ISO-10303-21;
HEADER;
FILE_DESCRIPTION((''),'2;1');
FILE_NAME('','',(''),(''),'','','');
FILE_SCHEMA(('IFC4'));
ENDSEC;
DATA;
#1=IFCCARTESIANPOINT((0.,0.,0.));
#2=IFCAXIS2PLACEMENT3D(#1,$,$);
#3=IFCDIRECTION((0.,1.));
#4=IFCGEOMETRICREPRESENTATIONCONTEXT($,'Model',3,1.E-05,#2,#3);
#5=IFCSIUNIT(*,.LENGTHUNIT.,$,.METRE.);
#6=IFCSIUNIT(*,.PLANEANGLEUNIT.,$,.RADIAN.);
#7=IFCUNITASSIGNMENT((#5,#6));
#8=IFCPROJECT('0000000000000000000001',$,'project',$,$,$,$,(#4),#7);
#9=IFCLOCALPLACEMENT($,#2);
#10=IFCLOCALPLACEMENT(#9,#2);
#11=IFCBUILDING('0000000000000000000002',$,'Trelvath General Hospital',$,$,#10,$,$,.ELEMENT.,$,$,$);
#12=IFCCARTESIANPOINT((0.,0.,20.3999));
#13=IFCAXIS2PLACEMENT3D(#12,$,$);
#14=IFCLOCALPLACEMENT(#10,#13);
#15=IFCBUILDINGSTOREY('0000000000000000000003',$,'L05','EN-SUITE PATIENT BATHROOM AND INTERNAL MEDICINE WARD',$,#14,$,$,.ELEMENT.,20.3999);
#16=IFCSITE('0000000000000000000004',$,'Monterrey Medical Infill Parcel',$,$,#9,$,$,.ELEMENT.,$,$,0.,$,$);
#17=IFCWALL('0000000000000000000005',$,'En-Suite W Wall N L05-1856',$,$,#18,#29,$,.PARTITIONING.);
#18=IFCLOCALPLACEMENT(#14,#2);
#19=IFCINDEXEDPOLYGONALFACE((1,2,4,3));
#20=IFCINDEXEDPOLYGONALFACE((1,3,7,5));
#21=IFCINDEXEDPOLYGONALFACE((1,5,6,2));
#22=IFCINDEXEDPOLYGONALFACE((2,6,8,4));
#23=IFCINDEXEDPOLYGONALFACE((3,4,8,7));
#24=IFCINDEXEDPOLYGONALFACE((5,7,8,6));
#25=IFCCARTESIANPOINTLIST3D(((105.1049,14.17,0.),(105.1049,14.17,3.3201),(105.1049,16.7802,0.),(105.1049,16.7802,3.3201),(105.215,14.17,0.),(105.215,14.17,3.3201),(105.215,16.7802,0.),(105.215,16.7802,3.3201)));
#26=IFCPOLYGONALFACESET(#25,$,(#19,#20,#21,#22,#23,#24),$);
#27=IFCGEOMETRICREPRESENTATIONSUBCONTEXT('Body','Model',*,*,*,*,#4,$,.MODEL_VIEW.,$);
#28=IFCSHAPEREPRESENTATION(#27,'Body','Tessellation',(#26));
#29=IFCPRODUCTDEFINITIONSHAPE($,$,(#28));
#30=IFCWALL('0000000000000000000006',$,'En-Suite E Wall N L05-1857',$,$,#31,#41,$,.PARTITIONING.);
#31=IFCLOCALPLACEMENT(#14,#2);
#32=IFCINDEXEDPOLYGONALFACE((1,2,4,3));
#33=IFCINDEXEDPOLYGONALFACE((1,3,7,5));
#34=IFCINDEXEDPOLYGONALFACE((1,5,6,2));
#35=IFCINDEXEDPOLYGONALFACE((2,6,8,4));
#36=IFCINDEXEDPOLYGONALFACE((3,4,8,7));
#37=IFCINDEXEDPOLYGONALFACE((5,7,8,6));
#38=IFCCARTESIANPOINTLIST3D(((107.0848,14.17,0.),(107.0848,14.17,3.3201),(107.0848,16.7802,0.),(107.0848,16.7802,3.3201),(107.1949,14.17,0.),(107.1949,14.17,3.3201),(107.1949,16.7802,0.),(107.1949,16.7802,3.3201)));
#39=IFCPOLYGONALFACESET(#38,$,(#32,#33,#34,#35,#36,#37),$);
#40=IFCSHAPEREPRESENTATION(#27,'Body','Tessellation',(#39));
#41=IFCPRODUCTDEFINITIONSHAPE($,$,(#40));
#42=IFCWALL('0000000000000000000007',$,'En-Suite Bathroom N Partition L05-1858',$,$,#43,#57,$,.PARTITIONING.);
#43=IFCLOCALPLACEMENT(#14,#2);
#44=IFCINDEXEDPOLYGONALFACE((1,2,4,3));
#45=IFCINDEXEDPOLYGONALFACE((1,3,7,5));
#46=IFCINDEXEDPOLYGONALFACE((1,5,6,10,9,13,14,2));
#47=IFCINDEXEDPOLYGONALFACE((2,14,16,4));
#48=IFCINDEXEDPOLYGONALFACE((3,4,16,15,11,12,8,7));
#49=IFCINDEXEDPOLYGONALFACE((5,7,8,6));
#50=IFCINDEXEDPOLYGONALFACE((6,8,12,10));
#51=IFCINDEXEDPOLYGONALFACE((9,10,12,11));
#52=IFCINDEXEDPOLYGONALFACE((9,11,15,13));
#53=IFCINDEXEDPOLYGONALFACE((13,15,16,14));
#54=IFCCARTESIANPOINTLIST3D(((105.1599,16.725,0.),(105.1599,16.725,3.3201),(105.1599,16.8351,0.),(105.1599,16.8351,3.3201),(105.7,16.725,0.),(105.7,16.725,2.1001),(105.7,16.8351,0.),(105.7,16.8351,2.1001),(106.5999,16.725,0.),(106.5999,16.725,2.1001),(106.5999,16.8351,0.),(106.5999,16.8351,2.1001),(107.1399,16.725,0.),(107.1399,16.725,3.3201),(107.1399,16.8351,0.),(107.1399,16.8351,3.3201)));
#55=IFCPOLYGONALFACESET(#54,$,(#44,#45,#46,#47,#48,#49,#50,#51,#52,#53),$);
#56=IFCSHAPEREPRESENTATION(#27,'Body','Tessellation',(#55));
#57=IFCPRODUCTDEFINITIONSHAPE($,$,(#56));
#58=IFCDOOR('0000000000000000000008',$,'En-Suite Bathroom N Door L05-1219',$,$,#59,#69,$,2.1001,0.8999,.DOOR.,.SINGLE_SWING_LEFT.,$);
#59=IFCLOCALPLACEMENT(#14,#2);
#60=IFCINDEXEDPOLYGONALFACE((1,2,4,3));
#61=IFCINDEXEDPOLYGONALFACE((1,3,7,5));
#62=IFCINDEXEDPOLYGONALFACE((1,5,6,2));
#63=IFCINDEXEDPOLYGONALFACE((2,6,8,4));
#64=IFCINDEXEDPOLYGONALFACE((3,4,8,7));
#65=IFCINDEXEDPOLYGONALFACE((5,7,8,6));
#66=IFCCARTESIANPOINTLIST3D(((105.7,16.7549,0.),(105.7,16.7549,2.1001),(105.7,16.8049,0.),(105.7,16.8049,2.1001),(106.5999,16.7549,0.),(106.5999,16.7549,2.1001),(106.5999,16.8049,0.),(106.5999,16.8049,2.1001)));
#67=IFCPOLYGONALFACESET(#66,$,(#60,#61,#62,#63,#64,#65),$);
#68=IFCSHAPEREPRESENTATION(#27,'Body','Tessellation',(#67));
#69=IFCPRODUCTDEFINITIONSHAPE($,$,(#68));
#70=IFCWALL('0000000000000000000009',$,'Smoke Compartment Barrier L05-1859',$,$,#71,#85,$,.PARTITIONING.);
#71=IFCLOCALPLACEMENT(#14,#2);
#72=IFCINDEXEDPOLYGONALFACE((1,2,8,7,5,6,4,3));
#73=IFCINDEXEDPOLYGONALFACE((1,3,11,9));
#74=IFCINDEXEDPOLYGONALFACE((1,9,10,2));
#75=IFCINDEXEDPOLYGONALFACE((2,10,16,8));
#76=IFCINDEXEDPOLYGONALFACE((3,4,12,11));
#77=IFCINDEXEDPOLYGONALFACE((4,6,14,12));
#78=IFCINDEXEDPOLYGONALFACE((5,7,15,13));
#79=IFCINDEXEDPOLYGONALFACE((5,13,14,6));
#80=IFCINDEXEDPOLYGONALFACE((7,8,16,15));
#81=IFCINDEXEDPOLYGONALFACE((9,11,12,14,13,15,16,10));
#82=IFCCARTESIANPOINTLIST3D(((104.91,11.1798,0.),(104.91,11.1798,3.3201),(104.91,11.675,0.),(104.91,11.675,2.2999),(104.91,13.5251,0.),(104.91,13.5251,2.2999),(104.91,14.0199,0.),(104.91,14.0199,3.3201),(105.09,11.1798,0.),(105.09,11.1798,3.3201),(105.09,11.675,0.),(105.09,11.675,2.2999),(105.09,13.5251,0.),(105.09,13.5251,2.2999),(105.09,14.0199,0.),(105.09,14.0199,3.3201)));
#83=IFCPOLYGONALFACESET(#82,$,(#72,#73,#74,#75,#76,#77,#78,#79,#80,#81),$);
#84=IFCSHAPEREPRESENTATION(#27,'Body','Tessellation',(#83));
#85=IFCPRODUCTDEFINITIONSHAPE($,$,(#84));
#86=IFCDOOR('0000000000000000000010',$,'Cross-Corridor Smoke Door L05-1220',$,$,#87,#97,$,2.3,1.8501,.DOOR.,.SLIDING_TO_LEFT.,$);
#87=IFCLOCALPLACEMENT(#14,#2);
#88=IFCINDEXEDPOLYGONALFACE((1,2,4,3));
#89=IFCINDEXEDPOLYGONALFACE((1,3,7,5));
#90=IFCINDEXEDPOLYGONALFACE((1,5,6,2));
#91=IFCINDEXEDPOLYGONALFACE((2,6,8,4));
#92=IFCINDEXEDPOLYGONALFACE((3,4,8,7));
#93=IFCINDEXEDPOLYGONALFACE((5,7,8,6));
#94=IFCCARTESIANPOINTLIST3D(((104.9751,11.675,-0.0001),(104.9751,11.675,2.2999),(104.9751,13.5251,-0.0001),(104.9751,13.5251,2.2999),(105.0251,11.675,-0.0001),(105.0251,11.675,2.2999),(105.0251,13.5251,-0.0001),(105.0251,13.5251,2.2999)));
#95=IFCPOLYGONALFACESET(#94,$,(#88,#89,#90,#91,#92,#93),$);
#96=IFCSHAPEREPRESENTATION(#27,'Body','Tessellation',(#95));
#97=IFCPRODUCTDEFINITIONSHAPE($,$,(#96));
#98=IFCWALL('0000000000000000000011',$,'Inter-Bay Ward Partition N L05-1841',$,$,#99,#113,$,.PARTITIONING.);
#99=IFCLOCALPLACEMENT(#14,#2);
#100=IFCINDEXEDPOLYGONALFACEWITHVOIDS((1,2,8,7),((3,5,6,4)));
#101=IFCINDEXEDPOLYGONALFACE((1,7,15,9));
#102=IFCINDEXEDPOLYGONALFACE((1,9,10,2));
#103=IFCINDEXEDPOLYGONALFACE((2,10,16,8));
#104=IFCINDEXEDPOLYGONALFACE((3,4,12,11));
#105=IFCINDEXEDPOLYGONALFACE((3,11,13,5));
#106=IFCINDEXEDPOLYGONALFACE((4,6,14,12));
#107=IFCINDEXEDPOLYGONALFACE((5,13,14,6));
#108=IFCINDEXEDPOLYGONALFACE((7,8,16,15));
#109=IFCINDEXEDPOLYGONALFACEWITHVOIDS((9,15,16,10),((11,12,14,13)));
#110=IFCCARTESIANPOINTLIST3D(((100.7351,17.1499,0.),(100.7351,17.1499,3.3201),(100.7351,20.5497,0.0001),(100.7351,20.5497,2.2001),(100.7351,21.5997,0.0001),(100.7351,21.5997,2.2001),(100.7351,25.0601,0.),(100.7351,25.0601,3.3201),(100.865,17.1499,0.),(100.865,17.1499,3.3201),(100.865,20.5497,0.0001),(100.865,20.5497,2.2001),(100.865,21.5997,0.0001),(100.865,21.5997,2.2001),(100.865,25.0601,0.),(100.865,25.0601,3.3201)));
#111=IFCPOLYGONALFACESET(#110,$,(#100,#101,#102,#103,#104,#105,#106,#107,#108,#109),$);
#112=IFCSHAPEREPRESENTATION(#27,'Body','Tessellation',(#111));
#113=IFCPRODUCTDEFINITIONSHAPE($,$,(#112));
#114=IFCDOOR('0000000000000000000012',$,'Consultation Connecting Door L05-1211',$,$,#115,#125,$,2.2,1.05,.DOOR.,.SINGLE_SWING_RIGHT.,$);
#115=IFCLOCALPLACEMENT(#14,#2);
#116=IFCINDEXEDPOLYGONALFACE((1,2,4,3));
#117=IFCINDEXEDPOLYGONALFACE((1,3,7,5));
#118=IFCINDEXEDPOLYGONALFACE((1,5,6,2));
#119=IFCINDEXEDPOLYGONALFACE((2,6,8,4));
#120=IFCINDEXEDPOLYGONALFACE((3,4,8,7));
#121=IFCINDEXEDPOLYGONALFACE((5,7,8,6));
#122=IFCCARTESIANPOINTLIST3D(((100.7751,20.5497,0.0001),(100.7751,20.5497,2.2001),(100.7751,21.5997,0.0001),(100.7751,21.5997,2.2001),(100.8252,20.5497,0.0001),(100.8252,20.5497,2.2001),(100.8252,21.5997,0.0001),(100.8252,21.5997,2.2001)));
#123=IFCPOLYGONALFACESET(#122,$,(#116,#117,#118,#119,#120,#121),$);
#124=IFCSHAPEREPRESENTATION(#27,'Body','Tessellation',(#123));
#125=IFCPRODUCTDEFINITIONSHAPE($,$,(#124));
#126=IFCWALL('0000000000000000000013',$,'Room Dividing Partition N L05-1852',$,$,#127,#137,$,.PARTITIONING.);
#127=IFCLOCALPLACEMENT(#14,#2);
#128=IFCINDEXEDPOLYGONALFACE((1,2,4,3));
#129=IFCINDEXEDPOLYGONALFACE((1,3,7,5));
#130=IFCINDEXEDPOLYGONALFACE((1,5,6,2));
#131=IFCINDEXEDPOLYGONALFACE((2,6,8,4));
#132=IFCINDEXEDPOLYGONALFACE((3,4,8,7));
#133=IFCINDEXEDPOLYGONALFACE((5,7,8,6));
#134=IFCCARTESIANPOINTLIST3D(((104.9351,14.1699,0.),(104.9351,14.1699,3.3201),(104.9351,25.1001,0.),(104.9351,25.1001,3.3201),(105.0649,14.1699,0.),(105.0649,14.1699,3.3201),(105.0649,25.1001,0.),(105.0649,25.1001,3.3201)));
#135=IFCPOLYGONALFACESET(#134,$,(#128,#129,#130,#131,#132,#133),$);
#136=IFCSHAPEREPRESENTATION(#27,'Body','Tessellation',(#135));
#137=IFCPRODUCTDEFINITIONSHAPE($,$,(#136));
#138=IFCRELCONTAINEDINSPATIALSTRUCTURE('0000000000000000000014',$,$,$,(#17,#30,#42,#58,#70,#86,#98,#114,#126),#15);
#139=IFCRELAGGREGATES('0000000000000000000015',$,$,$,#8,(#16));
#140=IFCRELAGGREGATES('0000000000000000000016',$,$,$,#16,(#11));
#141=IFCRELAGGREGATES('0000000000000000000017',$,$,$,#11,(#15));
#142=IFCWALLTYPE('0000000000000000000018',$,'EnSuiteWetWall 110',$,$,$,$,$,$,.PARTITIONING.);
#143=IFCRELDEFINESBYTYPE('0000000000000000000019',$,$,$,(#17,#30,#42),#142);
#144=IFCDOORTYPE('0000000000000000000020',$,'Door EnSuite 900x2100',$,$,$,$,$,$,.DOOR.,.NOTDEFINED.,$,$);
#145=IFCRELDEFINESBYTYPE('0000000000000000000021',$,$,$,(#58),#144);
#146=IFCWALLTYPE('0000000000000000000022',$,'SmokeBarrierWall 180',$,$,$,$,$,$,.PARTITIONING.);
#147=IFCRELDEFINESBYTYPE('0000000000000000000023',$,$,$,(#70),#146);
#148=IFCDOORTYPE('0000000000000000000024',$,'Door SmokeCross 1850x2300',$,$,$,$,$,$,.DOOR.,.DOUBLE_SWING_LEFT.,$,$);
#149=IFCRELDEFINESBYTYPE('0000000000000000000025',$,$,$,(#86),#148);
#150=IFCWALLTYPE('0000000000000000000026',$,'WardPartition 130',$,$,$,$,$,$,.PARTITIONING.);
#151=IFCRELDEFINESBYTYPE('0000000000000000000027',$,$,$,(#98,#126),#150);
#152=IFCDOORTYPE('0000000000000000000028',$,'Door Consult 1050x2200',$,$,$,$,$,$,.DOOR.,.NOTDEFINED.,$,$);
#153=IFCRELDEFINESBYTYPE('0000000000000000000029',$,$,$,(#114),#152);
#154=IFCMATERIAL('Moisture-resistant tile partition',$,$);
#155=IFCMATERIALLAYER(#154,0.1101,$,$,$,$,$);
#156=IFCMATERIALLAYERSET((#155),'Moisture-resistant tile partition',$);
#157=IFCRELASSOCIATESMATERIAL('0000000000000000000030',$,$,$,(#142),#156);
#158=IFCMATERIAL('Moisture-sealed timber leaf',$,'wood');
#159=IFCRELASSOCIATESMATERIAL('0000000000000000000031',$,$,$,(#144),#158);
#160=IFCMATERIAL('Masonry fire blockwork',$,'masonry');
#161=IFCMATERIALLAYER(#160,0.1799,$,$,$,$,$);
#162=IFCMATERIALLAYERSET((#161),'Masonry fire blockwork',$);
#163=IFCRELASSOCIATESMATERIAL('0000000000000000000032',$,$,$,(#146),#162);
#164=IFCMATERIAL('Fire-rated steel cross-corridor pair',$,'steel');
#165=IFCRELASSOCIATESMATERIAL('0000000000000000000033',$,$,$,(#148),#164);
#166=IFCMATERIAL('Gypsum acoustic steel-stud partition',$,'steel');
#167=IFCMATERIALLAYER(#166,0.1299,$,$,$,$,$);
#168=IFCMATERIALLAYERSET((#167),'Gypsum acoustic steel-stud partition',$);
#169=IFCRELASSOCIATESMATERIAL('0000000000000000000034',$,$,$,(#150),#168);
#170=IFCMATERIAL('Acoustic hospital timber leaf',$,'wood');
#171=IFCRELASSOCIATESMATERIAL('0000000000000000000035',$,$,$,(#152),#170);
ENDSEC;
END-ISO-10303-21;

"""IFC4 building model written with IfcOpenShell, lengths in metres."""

from ifc_helpers import new_model, si_unit, direction, frame, frame_2d, origin, place, context, subcontext, project, spatial, rectangle, extrude, material, layer, layer_set, type_object, element, fill, save


model = new_model("IFC4")

# Units and contexts
model_context = context("Model", 3, precision=1e-05, world=origin(), true_north=direction((0.0, 1.0)))
body_context = subcontext(model_context, "Body", "Model", "MODEL_VIEW")
ifc_project = project(units=[si_unit("LENGTHUNIT", "METRE"), si_unit("PLANEANGLEUNIT", "RADIAN")], contexts=[model_context])

# Site, building, storey
site_placement = place(None, origin())
site = spatial("IfcSite", under=ifc_project, at=site_placement, Name="Monterrey Medical Infill Parcel", CompositionType="ELEMENT", RefElevation=0.0)
building_placement = place(site_placement, origin())
building = spatial("IfcBuilding", under=site, at=building_placement, Name="Trelvath General Hospital", CompositionType="ELEMENT")
storey_placement = place(building_placement, frame((0.0, 0.0, 20.3999)))
storey = spatial("IfcBuildingStorey", under=building, at=storey_placement, Name="L05", Description="EN-SUITE PATIENT BATHROOM AND INTERNAL MEDICINE WARD", CompositionType="ELEMENT", Elevation=20.3999)

# Shared definitions
ifc_material_1 = material(Name="Moisture-resistant tile partition")
ifc_layer_1 = layer(ifc_material_1, 0.1101)
ifc_layer_set_1 = layer_set([ifc_layer_1], Name="Moisture-resistant tile partition")
wall_type_1 = type_object("IfcWallType", Name="EnSuiteWetWall 110", PredefinedType="PARTITIONING", material=ifc_layer_set_1)

# Shared definitions
ifc_material_2 = material(Name="Moisture-sealed timber leaf", Category="wood")
door_type_1 = type_object("IfcDoorType", Name="Door EnSuite 900x2100", OperationType="NOTDEFINED", PredefinedType="DOOR", material=ifc_material_2)

# Walls
for number, where, z_axis, x_axis, name in (
    (1, (105.1599, 14.1699, 0.0), (0.0, 0.0, 1.0), (0.0, 1.0, 0.0), "En-Suite W Wall N L05-1856"),
    (2, (107.1399, 14.1699, 0.0), (0.0, 0.0, 1.0), (0.0, 1.0, 0.0), "En-Suite E Wall N L05-1857"),
):
    element("IfcWall", number, at=place(storey_placement, frame(where, z_axis=z_axis, x_axis=x_axis)), inside=storey, type_object=wall_type_1, Name=name, PredefinedType="PARTITIONING", context=body_context, shape_type="SweptSolid", body=[
        extrude(rectangle(XDim=2.6101, YDim=0.1101, at=frame_2d((1.3052, 0.0))), origin(), (0.0, 0.0, 1.0), 3.3201),
    ])

# Walls, openings, doors
wall_1_placement = place(storey_placement, frame((105.1599, 16.78, 0.0), z_axis=(0.0, 0.0, 1.0), x_axis=(1.0, 0.0, 0.0)))
wall_1 = element("IfcWall", 3, at=wall_1_placement, inside=storey, type_object=wall_type_1, Name="En-Suite Bathroom N Partition L05-1858", PredefinedType="PARTITIONING", context=body_context, shape_type="SweptSolid", body=[
    extrude(rectangle(XDim=1.98, YDim=0.1101, at=frame_2d((0.99, 0.0))), origin(), (0.0, 0.0, 1.0), 3.3201),
])
opening_1_placement = place(wall_1_placement, frame((0.54, 0.0, 0.0)))
opening_1 = element("IfcOpeningElement", 4, at=opening_1_placement, cuts=wall_1, PredefinedType="OPENING", context=body_context, shape_type="SweptSolid", body=[
    extrude(rectangle(XDim=0.8999, YDim=2.1001, at=frame_2d((0.45, 1.05))), frame((0.0, 0.0649, 0.0), z_axis=(0.0, -1.0, 0.0), x_axis=(1.0, 0.0, 0.0)), (0.0, 0.0, 1.0), 0.1301),
])
door_1_placement = place(opening_1_placement, origin())
door_1 = element("IfcDoor", 5, at=door_1_placement, inside=storey, type_object=door_type_1, Name="En-Suite Bathroom N Door L05-1219", OperationType="SINGLE_SWING_LEFT", OverallHeight=2.1001, OverallWidth=0.8999, PredefinedType="DOOR", context=body_context, shape_type="SweptSolid", body=[
    extrude(rectangle(XDim=0.8999, YDim=2.1001, at=frame_2d((0.45, 1.05))), frame((0.0, 0.0249, 0.0), z_axis=(0.0, -1.0, 0.0), x_axis=(1.0, 0.0, 0.0)), (0.0, 0.0, 1.0), 0.05),
])
fill(opening_1, door_1)
ifc_material_3 = material(Name="Masonry fire blockwork", Category="masonry")
ifc_layer_2 = layer(ifc_material_3, 0.1799)
ifc_layer_set_2 = layer_set([ifc_layer_2], Name="Masonry fire blockwork")
wall_type_2 = type_object("IfcWallType", Name="SmokeBarrierWall 180", PredefinedType="PARTITIONING", material=ifc_layer_set_2)
wall_2_placement = place(storey_placement, frame((105.0, 11.1799, 0.0), z_axis=(0.0, 0.0, 1.0), x_axis=(0.0, 1.0, 0.0)))
wall_2 = element("IfcWall", 6, at=wall_2_placement, inside=storey, type_object=wall_type_2, Name="Smoke Compartment Barrier L05-1859", PredefinedType="PARTITIONING", context=body_context, shape_type="SweptSolid", body=[
    extrude(rectangle(XDim=2.8401, YDim=0.1799, at=frame_2d((1.4199, 0.0))), origin(), (0.0, 0.0, 1.0), 3.3201),
])
opening_2_placement = place(wall_2_placement, frame((0.4951, 0.0, 0.0)))
opening_2 = element("IfcOpeningElement", 7, at=opening_2_placement, cuts=wall_2, PredefinedType="OPENING", context=body_context, shape_type="SweptSolid", body=[
    extrude(rectangle(XDim=1.8501, YDim=2.3, at=frame_2d((0.925, 1.1499))), frame((0.0, 0.0999, 0.0), z_axis=(0.0, -1.0, 0.0), x_axis=(1.0, 0.0, 0.0)), (0.0, 0.0, 1.0), 0.2),
])
ifc_material_4 = material(Name="Fire-rated steel cross-corridor pair", Category="steel")
door_type_2 = type_object("IfcDoorType", Name="Door SmokeCross 1850x2300", OperationType="DOUBLE_SWING_LEFT", PredefinedType="DOOR", material=ifc_material_4)
door_2_placement = place(opening_2_placement, origin())
door_2 = element("IfcDoor", 8, at=door_2_placement, inside=storey, type_object=door_type_2, Name="Cross-Corridor Smoke Door L05-1220", OperationType="SLIDING_TO_LEFT", OverallHeight=2.3, OverallWidth=1.8501, PredefinedType="DOOR", context=body_context, shape_type="SweptSolid", body=[
    extrude(rectangle(XDim=1.8501, YDim=2.3, at=frame_2d((0.925, 1.1499))), frame((0.0, 0.0249, 0.0), z_axis=(0.0, -1.0, 0.0), x_axis=(1.0, 0.0, 0.0)), (0.0, 0.0, 1.0), 0.05),
])
fill(opening_2, door_2)
ifc_material_5 = material(Name="Gypsum acoustic steel-stud partition", Category="steel")
ifc_layer_3 = layer(ifc_material_5, 0.1299)
ifc_layer_set_3 = layer_set([ifc_layer_3], Name="Gypsum acoustic steel-stud partition")
wall_type_3 = type_object("IfcWallType", Name="WardPartition 130", PredefinedType="PARTITIONING", material=ifc_layer_set_3)
wall_3_placement = place(storey_placement, frame((100.8, 17.1499, 0.0), z_axis=(0.0, 0.0, 1.0), x_axis=(0.0, 1.0, 0.0)))
wall_3 = element("IfcWall", 9, at=wall_3_placement, inside=storey, type_object=wall_type_3, Name="Inter-Bay Ward Partition N L05-1841", PredefinedType="PARTITIONING", context=body_context, shape_type="SweptSolid", body=[
    extrude(rectangle(XDim=7.9102, YDim=0.1299, at=frame_2d((3.9551, 0.0))), origin(), (0.0, 0.0, 1.0), 3.3201),
])
opening_3_placement = place(wall_3_placement, frame((3.3999, 0.0, 0.0)))
opening_3 = element("IfcOpeningElement", 10, at=opening_3_placement, cuts=wall_3, PredefinedType="OPENING", context=body_context, shape_type="SweptSolid", body=[
    extrude(rectangle(XDim=1.05, YDim=2.2, at=frame_2d((0.5249, 1.1001))), frame((0.0, 0.075, 0.0), z_axis=(0.0, -1.0, 0.0), x_axis=(1.0, 0.0, 0.0)), (0.0, 0.0, 1.0), 0.1499),
])
ifc_material_6 = material(Name="Acoustic hospital timber leaf", Category="wood")
door_type_3 = type_object("IfcDoorType", Name="Door Consult 1050x2200", OperationType="NOTDEFINED", PredefinedType="DOOR", material=ifc_material_6)
door_3_placement = place(opening_3_placement, origin())
door_3 = element("IfcDoor", 11, at=door_3_placement, inside=storey, type_object=door_type_3, Name="Consultation Connecting Door L05-1211", OperationType="SINGLE_SWING_RIGHT", OverallHeight=2.2, OverallWidth=1.05, PredefinedType="DOOR", context=body_context, shape_type="SweptSolid", body=[
    extrude(rectangle(XDim=1.05, YDim=2.2, at=frame_2d((0.5249, 1.1001))), frame((0.0, 0.0249, 0.0), z_axis=(0.0, -1.0, 0.0), x_axis=(1.0, 0.0, 0.0)), (0.0, 0.0, 1.0), 0.05),
])
fill(opening_3, door_3)

# Wall
wall_4_placement = place(storey_placement, frame((105.0, 14.1699, 0.0), z_axis=(0.0, 0.0, 1.0), x_axis=(0.0, 1.0, 0.0)))
element("IfcWall", 12, at=wall_4_placement, inside=storey, type_object=wall_type_3, Name="Room Dividing Partition N L05-1852", PredefinedType="PARTITIONING", context=body_context, shape_type="SweptSolid", body=[
    extrude(rectangle(XDim=10.9302, YDim=0.1299, at=frame_2d((5.4651, 0.0))), origin(), (0.0, 0.0, 1.0), 3.3201),
])

save(model, "model.ifc")
